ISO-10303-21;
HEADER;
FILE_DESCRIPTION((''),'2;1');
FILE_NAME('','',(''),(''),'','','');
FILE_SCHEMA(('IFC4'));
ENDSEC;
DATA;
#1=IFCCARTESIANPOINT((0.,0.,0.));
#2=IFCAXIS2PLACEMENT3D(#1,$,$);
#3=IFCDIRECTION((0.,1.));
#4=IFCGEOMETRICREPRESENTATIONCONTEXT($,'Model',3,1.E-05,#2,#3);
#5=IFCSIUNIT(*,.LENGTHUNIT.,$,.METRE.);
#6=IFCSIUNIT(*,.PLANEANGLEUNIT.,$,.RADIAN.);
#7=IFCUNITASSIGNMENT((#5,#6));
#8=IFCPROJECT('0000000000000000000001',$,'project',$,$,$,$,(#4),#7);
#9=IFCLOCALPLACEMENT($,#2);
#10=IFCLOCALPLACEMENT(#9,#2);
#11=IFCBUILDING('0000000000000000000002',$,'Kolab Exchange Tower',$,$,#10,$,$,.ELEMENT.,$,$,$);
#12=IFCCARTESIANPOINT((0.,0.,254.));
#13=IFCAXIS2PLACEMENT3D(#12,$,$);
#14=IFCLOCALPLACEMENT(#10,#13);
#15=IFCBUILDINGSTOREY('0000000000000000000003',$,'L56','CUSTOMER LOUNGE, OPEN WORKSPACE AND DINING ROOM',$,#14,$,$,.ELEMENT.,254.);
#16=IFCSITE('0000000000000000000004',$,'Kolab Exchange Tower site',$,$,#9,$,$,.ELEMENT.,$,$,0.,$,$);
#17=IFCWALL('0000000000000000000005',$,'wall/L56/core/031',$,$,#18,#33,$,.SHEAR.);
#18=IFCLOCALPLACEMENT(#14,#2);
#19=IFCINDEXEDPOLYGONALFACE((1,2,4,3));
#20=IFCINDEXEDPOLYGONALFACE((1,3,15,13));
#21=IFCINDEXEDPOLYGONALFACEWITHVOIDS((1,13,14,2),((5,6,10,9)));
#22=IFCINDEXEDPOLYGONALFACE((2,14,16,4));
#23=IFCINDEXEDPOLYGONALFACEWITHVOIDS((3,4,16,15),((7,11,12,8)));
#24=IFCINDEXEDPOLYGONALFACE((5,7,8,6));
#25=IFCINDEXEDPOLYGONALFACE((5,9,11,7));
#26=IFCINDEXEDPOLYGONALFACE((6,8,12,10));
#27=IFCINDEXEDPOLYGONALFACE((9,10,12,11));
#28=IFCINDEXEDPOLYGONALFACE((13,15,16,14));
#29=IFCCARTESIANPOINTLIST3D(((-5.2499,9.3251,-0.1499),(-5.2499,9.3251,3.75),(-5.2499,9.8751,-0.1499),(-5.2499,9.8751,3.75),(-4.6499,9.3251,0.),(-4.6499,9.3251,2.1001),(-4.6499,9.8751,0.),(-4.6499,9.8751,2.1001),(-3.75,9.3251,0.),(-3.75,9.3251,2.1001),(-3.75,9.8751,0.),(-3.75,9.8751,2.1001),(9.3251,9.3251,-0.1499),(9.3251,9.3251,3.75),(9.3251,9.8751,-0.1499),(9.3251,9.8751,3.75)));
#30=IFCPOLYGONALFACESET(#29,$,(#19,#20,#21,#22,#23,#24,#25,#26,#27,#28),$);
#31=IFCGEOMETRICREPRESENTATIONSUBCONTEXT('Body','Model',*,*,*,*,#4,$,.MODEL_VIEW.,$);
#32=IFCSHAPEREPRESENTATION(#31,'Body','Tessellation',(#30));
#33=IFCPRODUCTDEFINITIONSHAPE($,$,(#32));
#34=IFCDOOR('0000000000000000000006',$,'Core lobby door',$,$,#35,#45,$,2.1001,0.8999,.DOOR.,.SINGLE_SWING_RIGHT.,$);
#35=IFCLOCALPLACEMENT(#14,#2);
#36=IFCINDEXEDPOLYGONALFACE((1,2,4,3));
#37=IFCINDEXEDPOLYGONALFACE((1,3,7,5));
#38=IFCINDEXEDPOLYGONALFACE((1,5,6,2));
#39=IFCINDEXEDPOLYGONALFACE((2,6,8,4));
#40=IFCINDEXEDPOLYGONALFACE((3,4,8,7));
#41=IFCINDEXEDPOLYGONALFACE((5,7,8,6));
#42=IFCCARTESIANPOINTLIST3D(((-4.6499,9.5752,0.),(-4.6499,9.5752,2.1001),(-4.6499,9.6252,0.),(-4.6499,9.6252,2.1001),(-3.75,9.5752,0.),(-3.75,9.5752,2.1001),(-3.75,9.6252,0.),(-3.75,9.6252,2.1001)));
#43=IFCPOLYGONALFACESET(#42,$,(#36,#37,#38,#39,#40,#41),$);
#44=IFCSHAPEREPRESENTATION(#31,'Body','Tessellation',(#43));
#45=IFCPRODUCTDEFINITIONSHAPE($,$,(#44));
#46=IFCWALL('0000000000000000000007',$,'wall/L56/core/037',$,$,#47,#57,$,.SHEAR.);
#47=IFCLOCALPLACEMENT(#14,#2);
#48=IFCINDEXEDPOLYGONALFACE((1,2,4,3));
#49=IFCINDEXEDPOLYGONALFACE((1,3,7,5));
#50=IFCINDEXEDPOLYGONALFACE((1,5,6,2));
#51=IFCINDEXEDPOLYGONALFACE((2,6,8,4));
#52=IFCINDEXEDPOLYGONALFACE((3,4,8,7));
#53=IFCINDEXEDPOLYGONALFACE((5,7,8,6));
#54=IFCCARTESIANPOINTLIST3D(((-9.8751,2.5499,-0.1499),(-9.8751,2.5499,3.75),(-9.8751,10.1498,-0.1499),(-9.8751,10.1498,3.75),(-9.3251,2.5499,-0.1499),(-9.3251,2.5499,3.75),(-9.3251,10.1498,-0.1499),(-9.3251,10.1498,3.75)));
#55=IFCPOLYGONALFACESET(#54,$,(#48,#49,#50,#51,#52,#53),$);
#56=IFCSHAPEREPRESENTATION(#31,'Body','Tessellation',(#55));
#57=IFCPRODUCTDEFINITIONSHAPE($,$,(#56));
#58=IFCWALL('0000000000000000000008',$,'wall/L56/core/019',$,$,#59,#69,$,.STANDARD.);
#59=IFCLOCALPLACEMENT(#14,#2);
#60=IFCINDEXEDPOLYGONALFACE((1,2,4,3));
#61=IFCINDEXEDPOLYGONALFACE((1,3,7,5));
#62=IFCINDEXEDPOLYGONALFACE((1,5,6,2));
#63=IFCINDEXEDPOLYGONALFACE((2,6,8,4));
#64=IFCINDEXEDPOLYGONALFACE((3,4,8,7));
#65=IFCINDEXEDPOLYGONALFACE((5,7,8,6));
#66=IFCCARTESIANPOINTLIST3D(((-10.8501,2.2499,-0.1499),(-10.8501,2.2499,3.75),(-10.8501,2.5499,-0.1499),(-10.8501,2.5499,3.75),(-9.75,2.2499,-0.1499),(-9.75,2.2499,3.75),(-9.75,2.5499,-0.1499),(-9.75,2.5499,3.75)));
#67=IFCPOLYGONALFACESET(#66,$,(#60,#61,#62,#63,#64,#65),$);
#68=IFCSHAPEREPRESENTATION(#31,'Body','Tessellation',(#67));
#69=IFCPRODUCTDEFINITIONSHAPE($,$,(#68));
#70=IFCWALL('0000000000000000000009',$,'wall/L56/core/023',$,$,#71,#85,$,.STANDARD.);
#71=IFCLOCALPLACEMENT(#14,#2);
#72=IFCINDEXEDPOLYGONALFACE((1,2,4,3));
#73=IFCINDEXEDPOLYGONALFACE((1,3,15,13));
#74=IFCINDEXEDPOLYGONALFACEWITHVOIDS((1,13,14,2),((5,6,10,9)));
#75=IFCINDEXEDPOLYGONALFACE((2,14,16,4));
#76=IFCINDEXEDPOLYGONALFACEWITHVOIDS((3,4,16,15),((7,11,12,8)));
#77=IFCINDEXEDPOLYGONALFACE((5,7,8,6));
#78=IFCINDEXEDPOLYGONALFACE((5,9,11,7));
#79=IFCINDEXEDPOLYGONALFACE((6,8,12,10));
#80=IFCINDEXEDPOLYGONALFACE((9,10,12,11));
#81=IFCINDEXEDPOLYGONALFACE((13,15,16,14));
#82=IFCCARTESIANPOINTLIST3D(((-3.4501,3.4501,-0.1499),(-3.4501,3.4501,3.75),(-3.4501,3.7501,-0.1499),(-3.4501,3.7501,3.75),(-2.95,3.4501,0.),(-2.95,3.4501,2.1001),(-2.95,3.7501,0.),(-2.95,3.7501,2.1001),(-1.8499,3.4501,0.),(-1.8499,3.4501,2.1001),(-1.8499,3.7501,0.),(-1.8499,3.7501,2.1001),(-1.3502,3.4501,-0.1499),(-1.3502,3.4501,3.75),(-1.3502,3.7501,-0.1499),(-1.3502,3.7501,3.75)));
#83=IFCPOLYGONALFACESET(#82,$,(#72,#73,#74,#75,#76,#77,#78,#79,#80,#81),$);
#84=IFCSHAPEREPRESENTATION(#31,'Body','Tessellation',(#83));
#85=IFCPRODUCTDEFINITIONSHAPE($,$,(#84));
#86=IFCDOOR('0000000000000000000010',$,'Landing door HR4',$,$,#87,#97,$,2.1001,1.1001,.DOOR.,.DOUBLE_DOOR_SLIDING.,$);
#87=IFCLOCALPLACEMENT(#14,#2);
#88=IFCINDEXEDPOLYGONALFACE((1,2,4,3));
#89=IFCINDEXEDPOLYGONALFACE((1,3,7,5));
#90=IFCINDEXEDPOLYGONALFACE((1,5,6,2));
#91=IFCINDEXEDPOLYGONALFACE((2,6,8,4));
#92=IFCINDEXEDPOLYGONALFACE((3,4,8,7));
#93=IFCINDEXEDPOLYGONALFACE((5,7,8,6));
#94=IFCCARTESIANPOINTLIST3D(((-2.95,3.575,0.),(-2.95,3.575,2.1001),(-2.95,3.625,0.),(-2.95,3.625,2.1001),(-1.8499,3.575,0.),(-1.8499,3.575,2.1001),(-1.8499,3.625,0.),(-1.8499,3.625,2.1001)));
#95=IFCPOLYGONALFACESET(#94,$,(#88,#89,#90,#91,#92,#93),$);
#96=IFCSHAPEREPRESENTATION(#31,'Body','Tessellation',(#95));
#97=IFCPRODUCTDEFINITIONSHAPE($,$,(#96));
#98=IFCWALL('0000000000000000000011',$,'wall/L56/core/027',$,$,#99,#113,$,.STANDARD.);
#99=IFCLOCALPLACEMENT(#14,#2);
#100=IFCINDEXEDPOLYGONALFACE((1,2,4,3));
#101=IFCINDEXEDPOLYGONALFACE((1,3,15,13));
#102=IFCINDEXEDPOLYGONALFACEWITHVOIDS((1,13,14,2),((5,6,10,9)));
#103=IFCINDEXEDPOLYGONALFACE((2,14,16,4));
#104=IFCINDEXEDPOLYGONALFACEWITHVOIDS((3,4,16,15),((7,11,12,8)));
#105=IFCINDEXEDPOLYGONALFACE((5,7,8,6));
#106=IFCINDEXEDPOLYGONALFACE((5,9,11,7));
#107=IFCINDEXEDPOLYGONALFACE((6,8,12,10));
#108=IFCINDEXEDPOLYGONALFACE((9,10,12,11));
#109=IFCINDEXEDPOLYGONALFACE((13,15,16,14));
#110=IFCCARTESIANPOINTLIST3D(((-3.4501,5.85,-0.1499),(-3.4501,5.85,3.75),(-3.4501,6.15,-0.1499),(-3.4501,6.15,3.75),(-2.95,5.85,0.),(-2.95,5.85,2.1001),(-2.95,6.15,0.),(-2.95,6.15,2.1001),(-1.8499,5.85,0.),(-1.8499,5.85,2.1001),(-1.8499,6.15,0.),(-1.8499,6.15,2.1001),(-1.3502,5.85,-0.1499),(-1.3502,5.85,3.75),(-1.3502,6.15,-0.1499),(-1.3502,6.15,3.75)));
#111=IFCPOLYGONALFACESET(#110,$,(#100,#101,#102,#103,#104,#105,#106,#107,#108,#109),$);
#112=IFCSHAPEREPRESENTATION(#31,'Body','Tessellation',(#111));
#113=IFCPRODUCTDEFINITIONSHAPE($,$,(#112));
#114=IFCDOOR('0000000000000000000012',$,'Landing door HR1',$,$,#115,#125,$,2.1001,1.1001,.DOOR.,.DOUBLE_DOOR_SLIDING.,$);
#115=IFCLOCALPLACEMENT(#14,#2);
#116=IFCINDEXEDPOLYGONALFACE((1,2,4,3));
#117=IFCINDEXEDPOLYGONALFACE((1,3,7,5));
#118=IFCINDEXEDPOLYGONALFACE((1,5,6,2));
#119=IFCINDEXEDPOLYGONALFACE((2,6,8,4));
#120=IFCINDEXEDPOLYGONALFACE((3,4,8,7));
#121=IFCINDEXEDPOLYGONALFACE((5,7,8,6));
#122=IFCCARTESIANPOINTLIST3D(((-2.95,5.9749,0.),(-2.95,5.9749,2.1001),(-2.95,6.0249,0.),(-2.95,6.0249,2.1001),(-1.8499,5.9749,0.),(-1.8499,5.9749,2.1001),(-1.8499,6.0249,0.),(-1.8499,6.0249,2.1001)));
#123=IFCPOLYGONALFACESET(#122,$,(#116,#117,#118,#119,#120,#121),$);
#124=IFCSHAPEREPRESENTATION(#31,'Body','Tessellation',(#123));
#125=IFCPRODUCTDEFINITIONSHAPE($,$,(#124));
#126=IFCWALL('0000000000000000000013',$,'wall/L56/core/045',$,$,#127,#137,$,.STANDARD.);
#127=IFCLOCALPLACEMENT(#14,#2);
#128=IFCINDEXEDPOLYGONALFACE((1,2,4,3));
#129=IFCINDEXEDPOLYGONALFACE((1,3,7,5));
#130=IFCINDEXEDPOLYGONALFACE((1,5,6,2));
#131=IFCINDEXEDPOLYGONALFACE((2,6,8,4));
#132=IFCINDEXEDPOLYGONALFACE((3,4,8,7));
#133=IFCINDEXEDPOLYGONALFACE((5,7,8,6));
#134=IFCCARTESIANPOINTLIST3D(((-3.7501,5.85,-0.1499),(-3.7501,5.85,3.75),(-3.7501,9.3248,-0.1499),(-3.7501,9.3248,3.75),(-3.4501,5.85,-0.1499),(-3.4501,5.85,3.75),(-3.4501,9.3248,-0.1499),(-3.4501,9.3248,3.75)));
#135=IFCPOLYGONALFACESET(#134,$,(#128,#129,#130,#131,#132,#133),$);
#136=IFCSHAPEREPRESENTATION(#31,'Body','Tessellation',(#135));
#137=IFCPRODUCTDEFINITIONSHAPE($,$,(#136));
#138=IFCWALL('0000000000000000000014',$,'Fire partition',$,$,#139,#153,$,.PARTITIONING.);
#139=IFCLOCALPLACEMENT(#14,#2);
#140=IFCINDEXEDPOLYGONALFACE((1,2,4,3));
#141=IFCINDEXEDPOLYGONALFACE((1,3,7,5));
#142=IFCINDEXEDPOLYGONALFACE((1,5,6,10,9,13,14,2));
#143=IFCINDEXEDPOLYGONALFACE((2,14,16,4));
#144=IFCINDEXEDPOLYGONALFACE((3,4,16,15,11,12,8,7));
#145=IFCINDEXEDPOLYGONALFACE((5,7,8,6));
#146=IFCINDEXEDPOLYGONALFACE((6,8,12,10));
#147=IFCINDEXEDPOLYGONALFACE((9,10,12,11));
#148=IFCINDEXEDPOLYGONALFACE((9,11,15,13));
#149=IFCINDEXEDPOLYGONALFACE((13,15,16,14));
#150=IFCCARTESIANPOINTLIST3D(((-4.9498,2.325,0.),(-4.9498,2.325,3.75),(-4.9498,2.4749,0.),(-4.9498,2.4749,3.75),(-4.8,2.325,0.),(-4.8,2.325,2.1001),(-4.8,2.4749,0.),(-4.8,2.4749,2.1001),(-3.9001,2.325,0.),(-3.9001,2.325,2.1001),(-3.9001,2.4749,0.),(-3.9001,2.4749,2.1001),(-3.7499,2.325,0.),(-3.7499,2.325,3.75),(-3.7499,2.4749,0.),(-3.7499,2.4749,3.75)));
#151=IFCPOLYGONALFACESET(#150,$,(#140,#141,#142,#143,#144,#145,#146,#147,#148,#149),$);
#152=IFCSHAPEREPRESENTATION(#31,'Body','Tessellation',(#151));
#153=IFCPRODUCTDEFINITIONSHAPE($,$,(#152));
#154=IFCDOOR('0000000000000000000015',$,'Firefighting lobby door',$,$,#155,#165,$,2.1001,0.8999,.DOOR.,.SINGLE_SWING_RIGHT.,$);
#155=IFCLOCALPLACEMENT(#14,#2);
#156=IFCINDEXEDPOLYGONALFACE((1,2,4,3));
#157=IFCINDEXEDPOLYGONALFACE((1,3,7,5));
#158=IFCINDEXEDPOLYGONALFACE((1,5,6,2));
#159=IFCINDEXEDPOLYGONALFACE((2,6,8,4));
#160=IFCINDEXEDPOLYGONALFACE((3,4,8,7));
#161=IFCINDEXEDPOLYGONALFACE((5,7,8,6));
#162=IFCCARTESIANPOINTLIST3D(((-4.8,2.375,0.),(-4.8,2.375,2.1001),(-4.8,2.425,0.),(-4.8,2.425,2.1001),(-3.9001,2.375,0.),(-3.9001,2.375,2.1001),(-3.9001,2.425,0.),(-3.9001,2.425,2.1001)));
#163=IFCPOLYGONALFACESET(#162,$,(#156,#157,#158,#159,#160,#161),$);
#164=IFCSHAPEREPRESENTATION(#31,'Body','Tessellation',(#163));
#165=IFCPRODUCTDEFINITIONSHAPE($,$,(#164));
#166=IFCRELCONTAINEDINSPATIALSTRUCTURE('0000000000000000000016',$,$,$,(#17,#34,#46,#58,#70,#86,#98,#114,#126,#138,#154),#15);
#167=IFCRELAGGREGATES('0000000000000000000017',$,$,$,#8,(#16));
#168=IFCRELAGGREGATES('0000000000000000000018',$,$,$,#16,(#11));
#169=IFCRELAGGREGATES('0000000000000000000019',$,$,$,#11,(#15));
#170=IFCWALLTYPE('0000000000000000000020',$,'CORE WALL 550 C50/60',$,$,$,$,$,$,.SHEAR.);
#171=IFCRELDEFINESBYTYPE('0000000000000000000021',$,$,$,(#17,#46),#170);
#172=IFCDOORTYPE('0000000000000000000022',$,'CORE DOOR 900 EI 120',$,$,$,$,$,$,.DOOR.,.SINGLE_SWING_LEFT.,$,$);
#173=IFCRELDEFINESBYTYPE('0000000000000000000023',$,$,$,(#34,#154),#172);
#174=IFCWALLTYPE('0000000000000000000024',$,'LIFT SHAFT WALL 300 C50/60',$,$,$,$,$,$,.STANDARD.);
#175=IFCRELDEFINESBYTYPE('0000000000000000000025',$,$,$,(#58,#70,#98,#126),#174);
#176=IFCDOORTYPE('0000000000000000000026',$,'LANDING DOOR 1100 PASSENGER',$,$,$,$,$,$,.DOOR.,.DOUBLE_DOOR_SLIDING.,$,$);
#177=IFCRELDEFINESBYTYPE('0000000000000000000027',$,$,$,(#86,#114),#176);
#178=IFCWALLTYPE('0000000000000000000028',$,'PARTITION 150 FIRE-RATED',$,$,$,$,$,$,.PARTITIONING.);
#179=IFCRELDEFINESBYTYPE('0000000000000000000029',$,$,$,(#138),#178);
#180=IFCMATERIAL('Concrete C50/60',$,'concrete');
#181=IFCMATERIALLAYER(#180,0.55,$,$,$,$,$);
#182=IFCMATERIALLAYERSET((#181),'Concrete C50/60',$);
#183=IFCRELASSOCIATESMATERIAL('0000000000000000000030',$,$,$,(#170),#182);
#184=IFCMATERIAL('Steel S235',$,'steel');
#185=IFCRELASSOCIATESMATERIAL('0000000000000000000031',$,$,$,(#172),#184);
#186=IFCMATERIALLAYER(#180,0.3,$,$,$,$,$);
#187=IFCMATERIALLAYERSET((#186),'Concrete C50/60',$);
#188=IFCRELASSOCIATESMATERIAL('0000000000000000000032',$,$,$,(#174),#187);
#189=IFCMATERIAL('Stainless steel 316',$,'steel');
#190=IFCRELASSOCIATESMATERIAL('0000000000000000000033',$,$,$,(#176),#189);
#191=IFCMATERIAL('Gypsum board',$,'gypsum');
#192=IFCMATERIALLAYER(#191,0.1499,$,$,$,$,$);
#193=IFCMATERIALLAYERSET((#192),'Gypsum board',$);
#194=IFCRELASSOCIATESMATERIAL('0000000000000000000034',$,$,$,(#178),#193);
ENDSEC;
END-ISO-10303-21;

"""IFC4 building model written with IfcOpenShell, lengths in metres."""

from ifc_helpers import new_model, si_unit, direction, frame, frame_2d, origin, place, context, subcontext, project, spatial, rectangle, extrude, material, layer, layer_set, type_object, element, fill, save


model = new_model("IFC4")

# Units and contexts
model_context = context("Model", 3, precision=1e-05, world=origin(), true_north=direction((0.0, 1.0)))
body_context = subcontext(model_context, "Body", "Model", "MODEL_VIEW")
ifc_project = project(units=[si_unit("LENGTHUNIT", "METRE"), si_unit("PLANEANGLEUNIT", "RADIAN")], contexts=[model_context])

# Site, building, storey
site_placement = place(None, origin())
site = spatial("IfcSite", under=ifc_project, at=site_placement, Name="Kolab Exchange Tower site", CompositionType="ELEMENT", RefElevation=0.0)
building_placement = place(site_placement, origin())
building = spatial("IfcBuilding", under=site, at=building_placement, Name="Kolab Exchange Tower", CompositionType="ELEMENT")
storey_placement = place(building_placement, frame((0.0, 0.0, 254.0)))
storey = spatial("IfcBuildingStorey", under=building, at=storey_placement, Name="L56", Description="CUSTOMER LOUNGE, OPEN WORKSPACE AND DINING ROOM", CompositionType="ELEMENT", Elevation=254.0)

# Wall, opening, door
ifc_material_1 = material(Name="Concrete C50/60", Category="concrete")
ifc_layer_1 = layer(ifc_material_1, 0.55)
ifc_layer_set_1 = layer_set([ifc_layer_1], Name="Concrete C50/60")
wall_type_1 = type_object("IfcWallType", Name="CORE WALL 550 C50/60", PredefinedType="SHEAR", material=ifc_layer_set_1)
wall_1_placement = place(storey_placement, frame((-5.25, 9.6001, -0.1499), z_axis=(0.0, 0.0, 1.0), x_axis=(1.0, 0.0, 0.0)))
wall_1 = element("IfcWall", 1, at=wall_1_placement, inside=storey, type_object=wall_type_1, Name="wall/L56/core/031", PredefinedType="SHEAR", context=body_context, shape_type="SweptSolid", body=[
    extrude(rectangle(XDim=14.575, YDim=0.55, at=frame_2d((7.2876, 0.0))), origin(), (0.0, 0.0, 1.0), 3.8999),
])
opening_1_placement = place(wall_1_placement, frame((0.6001, 0.0, 0.1499)))
opening_1 = element("IfcOpeningElement", 2, at=opening_1_placement, cuts=wall_1, PredefinedType="OPENING", context=body_context, shape_type="SweptSolid", body=[
    extrude(rectangle(XDim=0.8999, YDim=2.1001, at=frame_2d((0.45, 1.05))), frame((0.0, 0.2852, 0.0), z_axis=(0.0, -1.0, 0.0), x_axis=(1.0, 0.0, 0.0)), (0.0, 0.0, 1.0), 0.5701),
])
ifc_material_2 = material(Name="Steel S235", Category="steel")
door_type_1 = type_object("IfcDoorType", Name="CORE DOOR 900 EI 120", OperationType="SINGLE_SWING_LEFT", PredefinedType="DOOR", material=ifc_material_2)
door_1_placement = place(opening_1_placement, frame((0.8999, 0.0, 0.0), z_axis=(0.0, 0.0, 1.0), x_axis=(-1.0, 0.0, 0.0)))
door_1 = element("IfcDoor", 3, at=door_1_placement, inside=storey, type_object=door_type_1, Name="Core lobby door", OperationType="SINGLE_SWING_RIGHT", OverallHeight=2.1001, OverallWidth=0.8999, PredefinedType="DOOR", context=body_context, shape_type="SweptSolid", body=[
    extrude(rectangle(XDim=0.8999, YDim=2.1001, at=frame_2d((0.45, 1.05))), frame((0.0, 0.0249, 0.0), z_axis=(0.0, -1.0, 0.0), x_axis=(1.0, 0.0, 0.0)), (0.0, 0.0, 1.0), 0.05),
])
fill(opening_1, door_1)

# Walls
wall_2_placement = place(storey_placement, frame((-9.6001, 2.55, -0.1499), z_axis=(0.0, 0.0, 1.0), x_axis=(0.0, 1.0, 0.0)))
element("IfcWall", 4, at=wall_2_placement, inside=storey, type_object=wall_type_1, Name="wall/L56/core/037", PredefinedType="SHEAR", context=body_context, shape_type="SweptSolid", body=[
    extrude(rectangle(XDim=7.5999, YDim=0.55, at=frame_2d((3.7998, 0.0))), origin(), (0.0, 0.0, 1.0), 3.8999),
])
ifc_layer_2 = layer(ifc_material_1, 0.3)
ifc_layer_set_2 = layer_set([ifc_layer_2], Name="Concrete C50/60")
wall_type_2 = type_object("IfcWallType", Name="LIFT SHAFT WALL 300 C50/60", PredefinedType="STANDARD", material=ifc_layer_set_2)
wall_3_placement = place(storey_placement, frame((-10.8501, 2.3999, -0.1499), z_axis=(0.0, 0.0, 1.0), x_axis=(1.0, 0.0, 0.0)))
element("IfcWall", 5, at=wall_3_placement, inside=storey, type_object=wall_type_2, Name="wall/L56/core/019", PredefinedType="STANDARD", context=body_context, shape_type="SweptSolid", body=[
    extrude(rectangle(XDim=1.1001, YDim=0.3, at=frame_2d((0.55, 0.0))), origin(), (0.0, 0.0, 1.0), 3.8999),
])

# Walls, openings, doors
wall_4_placement = place(storey_placement, frame((-3.45, 3.6001, -0.1499), z_axis=(0.0, 0.0, 1.0), x_axis=(1.0, 0.0, 0.0)))
wall_4 = element("IfcWall", 6, at=wall_4_placement, inside=storey, type_object=wall_type_2, Name="wall/L56/core/023", PredefinedType="STANDARD", context=body_context, shape_type="SweptSolid", body=[
    extrude(rectangle(XDim=2.0999, YDim=0.3, at=frame_2d((1.0498, 0.0))), origin(), (0.0, 0.0, 1.0), 3.8999),
])
opening_2_placement = place(wall_4_placement, frame((0.5, 0.0, 0.1499)))
opening_2 = element("IfcOpeningElement", 7, at=opening_2_placement, cuts=wall_4, PredefinedType="OPENING", context=body_context, shape_type="SweptSolid", body=[
    extrude(rectangle(XDim=1.1001, YDim=2.1001, at=frame_2d((0.55, 1.05))), frame((0.0, 0.1602, 0.0), z_axis=(0.0, -1.0, 0.0), x_axis=(1.0, 0.0, 0.0)), (0.0, 0.0, 1.0), 0.3201),
])
ifc_material_3 = material(Name="Stainless steel 316", Category="steel")
door_type_2 = type_object("IfcDoorType", Name="LANDING DOOR 1100 PASSENGER", OperationType="DOUBLE_DOOR_SLIDING", PredefinedType="DOOR", material=ifc_material_3)
door_2_placement = place(opening_2_placement, origin())
door_2 = element("IfcDoor", 8, at=door_2_placement, inside=storey, type_object=door_type_2, Name="Landing door HR4", OperationType="DOUBLE_DOOR_SLIDING", OverallHeight=2.1001, OverallWidth=1.1001, PredefinedType="DOOR", context=body_context, shape_type="SweptSolid", body=[
    extrude(rectangle(XDim=1.1001, YDim=2.1001, at=frame_2d((0.55, 1.05))), frame((0.0, 0.0249, 0.0), z_axis=(0.0, -1.0, 0.0), x_axis=(1.0, 0.0, 0.0)), (0.0, 0.0, 1.0), 0.05),
])
fill(opening_2, door_2)
wall_5_placement = place(storey_placement, frame((-3.45, 6.0, -0.1499), z_axis=(0.0, 0.0, 1.0), x_axis=(1.0, 0.0, 0.0)))
wall_5 = element("IfcWall", 9, at=wall_5_placement, inside=storey, type_object=wall_type_2, Name="wall/L56/core/027", PredefinedType="STANDARD", context=body_context, shape_type="SweptSolid", body=[
    extrude(rectangle(XDim=2.0999, YDim=0.3, at=frame_2d((1.0498, 0.0))), origin(), (0.0, 0.0, 1.0), 3.8999),
])
opening_3_placement = place(wall_5_placement, frame((0.5, 0.0, 0.1499)))
opening_3 = element("IfcOpeningElement", 10, at=opening_3_placement, cuts=wall_5, PredefinedType="OPENING", context=body_context, shape_type="SweptSolid", body=[
    extrude(rectangle(XDim=1.1001, YDim=2.1001, at=frame_2d((0.55, 1.05))), frame((0.0, 0.1602, 0.0), z_axis=(0.0, -1.0, 0.0), x_axis=(1.0, 0.0, 0.0)), (0.0, 0.0, 1.0), 0.3201),
])
door_3_placement = place(opening_3_placement, origin())
door_3 = element("IfcDoor", 11, at=door_3_placement, inside=storey, type_object=door_type_2, Name="Landing door HR1", OperationType="DOUBLE_DOOR_SLIDING", OverallHeight=2.1001, OverallWidth=1.1001, PredefinedType="DOOR", context=body_context, shape_type="SweptSolid", body=[
    extrude(rectangle(XDim=1.1001, YDim=2.1001, at=frame_2d((0.55, 1.05))), frame((0.0, 0.0249, 0.0), z_axis=(0.0, -1.0, 0.0), x_axis=(1.0, 0.0, 0.0)), (0.0, 0.0, 1.0), 0.05),
])
fill(opening_3, door_3)

# Wall
wall_6_placement = place(storey_placement, frame((-3.6001, 5.8501, -0.1499), z_axis=(0.0, 0.0, 1.0), x_axis=(0.0, 1.0, 0.0)))
element("IfcWall", 12, at=wall_6_placement, inside=storey, type_object=wall_type_2, Name="wall/L56/core/045", PredefinedType="STANDARD", context=body_context, shape_type="SweptSolid", body=[
    extrude(rectangle(XDim=3.4749, YDim=0.3, at=frame_2d((1.7373, 0.0))), origin(), (0.0, 0.0, 1.0), 3.8999),
])

# Wall, opening, door
ifc_material_4 = material(Name="Gypsum board", Category="gypsum")
ifc_layer_3 = layer(ifc_material_4, 0.1499)
ifc_layer_set_3 = layer_set([ifc_layer_3], Name="Gypsum board")
wall_type_3 = type_object("IfcWallType", Name="PARTITION 150 FIRE-RATED", PredefinedType="PARTITIONING", material=ifc_layer_set_3)
wall_7_placement = place(storey_placement, frame((-4.95, 2.3999, 0.0), z_axis=(0.0, 0.0, 1.0), x_axis=(1.0, 0.0, 0.0)))
wall_7 = element("IfcWall", 13, at=wall_7_placement, inside=storey, type_object=wall_type_3, Name="Fire partition", PredefinedType="PARTITIONING", context=body_context, shape_type="SweptSolid", body=[
    extrude(rectangle(XDim=1.2, YDim=0.1499, at=frame_2d((0.6001, 0.0))), origin(), (0.0, 0.0, 1.0), 3.75),
])
opening_4_placement = place(wall_7_placement, frame((0.1499, 0.0, 0.0)))
opening_4 = element("IfcOpeningElement", 14, at=opening_4_placement, cuts=wall_7, PredefinedType="OPENING", context=body_context, shape_type="SweptSolid", body=[
    extrude(rectangle(XDim=0.8999, YDim=2.1001, at=frame_2d((0.45, 1.05))), frame((0.0, 0.085, 0.0), z_axis=(0.0, -1.0, 0.0), x_axis=(1.0, 0.0, 0.0)), (0.0, 0.0, 1.0), 0.1699),
])
door_4_placement = place(opening_4_placement, frame((0.8999, 0.0, 0.0), z_axis=(0.0, 0.0, 1.0), x_axis=(-1.0, 0.0, 0.0)))
door_4 = element("IfcDoor", 15, at=door_4_placement, inside=storey, type_object=door_type_1, Name="Firefighting lobby door", OperationType="SINGLE_SWING_RIGHT", OverallHeight=2.1001, OverallWidth=0.8999, PredefinedType="DOOR", context=body_context, shape_type="SweptSolid", body=[
    extrude(rectangle(XDim=0.8999, YDim=2.1001, at=frame_2d((0.45, 1.05))), frame((0.0, 0.0249, 0.0), z_axis=(0.0, -1.0, 0.0), x_axis=(1.0, 0.0, 0.0)), (0.0, 0.0, 1.0), 0.05),
])
fill(opening_4, door_4)

save(model, "model.ifc")
